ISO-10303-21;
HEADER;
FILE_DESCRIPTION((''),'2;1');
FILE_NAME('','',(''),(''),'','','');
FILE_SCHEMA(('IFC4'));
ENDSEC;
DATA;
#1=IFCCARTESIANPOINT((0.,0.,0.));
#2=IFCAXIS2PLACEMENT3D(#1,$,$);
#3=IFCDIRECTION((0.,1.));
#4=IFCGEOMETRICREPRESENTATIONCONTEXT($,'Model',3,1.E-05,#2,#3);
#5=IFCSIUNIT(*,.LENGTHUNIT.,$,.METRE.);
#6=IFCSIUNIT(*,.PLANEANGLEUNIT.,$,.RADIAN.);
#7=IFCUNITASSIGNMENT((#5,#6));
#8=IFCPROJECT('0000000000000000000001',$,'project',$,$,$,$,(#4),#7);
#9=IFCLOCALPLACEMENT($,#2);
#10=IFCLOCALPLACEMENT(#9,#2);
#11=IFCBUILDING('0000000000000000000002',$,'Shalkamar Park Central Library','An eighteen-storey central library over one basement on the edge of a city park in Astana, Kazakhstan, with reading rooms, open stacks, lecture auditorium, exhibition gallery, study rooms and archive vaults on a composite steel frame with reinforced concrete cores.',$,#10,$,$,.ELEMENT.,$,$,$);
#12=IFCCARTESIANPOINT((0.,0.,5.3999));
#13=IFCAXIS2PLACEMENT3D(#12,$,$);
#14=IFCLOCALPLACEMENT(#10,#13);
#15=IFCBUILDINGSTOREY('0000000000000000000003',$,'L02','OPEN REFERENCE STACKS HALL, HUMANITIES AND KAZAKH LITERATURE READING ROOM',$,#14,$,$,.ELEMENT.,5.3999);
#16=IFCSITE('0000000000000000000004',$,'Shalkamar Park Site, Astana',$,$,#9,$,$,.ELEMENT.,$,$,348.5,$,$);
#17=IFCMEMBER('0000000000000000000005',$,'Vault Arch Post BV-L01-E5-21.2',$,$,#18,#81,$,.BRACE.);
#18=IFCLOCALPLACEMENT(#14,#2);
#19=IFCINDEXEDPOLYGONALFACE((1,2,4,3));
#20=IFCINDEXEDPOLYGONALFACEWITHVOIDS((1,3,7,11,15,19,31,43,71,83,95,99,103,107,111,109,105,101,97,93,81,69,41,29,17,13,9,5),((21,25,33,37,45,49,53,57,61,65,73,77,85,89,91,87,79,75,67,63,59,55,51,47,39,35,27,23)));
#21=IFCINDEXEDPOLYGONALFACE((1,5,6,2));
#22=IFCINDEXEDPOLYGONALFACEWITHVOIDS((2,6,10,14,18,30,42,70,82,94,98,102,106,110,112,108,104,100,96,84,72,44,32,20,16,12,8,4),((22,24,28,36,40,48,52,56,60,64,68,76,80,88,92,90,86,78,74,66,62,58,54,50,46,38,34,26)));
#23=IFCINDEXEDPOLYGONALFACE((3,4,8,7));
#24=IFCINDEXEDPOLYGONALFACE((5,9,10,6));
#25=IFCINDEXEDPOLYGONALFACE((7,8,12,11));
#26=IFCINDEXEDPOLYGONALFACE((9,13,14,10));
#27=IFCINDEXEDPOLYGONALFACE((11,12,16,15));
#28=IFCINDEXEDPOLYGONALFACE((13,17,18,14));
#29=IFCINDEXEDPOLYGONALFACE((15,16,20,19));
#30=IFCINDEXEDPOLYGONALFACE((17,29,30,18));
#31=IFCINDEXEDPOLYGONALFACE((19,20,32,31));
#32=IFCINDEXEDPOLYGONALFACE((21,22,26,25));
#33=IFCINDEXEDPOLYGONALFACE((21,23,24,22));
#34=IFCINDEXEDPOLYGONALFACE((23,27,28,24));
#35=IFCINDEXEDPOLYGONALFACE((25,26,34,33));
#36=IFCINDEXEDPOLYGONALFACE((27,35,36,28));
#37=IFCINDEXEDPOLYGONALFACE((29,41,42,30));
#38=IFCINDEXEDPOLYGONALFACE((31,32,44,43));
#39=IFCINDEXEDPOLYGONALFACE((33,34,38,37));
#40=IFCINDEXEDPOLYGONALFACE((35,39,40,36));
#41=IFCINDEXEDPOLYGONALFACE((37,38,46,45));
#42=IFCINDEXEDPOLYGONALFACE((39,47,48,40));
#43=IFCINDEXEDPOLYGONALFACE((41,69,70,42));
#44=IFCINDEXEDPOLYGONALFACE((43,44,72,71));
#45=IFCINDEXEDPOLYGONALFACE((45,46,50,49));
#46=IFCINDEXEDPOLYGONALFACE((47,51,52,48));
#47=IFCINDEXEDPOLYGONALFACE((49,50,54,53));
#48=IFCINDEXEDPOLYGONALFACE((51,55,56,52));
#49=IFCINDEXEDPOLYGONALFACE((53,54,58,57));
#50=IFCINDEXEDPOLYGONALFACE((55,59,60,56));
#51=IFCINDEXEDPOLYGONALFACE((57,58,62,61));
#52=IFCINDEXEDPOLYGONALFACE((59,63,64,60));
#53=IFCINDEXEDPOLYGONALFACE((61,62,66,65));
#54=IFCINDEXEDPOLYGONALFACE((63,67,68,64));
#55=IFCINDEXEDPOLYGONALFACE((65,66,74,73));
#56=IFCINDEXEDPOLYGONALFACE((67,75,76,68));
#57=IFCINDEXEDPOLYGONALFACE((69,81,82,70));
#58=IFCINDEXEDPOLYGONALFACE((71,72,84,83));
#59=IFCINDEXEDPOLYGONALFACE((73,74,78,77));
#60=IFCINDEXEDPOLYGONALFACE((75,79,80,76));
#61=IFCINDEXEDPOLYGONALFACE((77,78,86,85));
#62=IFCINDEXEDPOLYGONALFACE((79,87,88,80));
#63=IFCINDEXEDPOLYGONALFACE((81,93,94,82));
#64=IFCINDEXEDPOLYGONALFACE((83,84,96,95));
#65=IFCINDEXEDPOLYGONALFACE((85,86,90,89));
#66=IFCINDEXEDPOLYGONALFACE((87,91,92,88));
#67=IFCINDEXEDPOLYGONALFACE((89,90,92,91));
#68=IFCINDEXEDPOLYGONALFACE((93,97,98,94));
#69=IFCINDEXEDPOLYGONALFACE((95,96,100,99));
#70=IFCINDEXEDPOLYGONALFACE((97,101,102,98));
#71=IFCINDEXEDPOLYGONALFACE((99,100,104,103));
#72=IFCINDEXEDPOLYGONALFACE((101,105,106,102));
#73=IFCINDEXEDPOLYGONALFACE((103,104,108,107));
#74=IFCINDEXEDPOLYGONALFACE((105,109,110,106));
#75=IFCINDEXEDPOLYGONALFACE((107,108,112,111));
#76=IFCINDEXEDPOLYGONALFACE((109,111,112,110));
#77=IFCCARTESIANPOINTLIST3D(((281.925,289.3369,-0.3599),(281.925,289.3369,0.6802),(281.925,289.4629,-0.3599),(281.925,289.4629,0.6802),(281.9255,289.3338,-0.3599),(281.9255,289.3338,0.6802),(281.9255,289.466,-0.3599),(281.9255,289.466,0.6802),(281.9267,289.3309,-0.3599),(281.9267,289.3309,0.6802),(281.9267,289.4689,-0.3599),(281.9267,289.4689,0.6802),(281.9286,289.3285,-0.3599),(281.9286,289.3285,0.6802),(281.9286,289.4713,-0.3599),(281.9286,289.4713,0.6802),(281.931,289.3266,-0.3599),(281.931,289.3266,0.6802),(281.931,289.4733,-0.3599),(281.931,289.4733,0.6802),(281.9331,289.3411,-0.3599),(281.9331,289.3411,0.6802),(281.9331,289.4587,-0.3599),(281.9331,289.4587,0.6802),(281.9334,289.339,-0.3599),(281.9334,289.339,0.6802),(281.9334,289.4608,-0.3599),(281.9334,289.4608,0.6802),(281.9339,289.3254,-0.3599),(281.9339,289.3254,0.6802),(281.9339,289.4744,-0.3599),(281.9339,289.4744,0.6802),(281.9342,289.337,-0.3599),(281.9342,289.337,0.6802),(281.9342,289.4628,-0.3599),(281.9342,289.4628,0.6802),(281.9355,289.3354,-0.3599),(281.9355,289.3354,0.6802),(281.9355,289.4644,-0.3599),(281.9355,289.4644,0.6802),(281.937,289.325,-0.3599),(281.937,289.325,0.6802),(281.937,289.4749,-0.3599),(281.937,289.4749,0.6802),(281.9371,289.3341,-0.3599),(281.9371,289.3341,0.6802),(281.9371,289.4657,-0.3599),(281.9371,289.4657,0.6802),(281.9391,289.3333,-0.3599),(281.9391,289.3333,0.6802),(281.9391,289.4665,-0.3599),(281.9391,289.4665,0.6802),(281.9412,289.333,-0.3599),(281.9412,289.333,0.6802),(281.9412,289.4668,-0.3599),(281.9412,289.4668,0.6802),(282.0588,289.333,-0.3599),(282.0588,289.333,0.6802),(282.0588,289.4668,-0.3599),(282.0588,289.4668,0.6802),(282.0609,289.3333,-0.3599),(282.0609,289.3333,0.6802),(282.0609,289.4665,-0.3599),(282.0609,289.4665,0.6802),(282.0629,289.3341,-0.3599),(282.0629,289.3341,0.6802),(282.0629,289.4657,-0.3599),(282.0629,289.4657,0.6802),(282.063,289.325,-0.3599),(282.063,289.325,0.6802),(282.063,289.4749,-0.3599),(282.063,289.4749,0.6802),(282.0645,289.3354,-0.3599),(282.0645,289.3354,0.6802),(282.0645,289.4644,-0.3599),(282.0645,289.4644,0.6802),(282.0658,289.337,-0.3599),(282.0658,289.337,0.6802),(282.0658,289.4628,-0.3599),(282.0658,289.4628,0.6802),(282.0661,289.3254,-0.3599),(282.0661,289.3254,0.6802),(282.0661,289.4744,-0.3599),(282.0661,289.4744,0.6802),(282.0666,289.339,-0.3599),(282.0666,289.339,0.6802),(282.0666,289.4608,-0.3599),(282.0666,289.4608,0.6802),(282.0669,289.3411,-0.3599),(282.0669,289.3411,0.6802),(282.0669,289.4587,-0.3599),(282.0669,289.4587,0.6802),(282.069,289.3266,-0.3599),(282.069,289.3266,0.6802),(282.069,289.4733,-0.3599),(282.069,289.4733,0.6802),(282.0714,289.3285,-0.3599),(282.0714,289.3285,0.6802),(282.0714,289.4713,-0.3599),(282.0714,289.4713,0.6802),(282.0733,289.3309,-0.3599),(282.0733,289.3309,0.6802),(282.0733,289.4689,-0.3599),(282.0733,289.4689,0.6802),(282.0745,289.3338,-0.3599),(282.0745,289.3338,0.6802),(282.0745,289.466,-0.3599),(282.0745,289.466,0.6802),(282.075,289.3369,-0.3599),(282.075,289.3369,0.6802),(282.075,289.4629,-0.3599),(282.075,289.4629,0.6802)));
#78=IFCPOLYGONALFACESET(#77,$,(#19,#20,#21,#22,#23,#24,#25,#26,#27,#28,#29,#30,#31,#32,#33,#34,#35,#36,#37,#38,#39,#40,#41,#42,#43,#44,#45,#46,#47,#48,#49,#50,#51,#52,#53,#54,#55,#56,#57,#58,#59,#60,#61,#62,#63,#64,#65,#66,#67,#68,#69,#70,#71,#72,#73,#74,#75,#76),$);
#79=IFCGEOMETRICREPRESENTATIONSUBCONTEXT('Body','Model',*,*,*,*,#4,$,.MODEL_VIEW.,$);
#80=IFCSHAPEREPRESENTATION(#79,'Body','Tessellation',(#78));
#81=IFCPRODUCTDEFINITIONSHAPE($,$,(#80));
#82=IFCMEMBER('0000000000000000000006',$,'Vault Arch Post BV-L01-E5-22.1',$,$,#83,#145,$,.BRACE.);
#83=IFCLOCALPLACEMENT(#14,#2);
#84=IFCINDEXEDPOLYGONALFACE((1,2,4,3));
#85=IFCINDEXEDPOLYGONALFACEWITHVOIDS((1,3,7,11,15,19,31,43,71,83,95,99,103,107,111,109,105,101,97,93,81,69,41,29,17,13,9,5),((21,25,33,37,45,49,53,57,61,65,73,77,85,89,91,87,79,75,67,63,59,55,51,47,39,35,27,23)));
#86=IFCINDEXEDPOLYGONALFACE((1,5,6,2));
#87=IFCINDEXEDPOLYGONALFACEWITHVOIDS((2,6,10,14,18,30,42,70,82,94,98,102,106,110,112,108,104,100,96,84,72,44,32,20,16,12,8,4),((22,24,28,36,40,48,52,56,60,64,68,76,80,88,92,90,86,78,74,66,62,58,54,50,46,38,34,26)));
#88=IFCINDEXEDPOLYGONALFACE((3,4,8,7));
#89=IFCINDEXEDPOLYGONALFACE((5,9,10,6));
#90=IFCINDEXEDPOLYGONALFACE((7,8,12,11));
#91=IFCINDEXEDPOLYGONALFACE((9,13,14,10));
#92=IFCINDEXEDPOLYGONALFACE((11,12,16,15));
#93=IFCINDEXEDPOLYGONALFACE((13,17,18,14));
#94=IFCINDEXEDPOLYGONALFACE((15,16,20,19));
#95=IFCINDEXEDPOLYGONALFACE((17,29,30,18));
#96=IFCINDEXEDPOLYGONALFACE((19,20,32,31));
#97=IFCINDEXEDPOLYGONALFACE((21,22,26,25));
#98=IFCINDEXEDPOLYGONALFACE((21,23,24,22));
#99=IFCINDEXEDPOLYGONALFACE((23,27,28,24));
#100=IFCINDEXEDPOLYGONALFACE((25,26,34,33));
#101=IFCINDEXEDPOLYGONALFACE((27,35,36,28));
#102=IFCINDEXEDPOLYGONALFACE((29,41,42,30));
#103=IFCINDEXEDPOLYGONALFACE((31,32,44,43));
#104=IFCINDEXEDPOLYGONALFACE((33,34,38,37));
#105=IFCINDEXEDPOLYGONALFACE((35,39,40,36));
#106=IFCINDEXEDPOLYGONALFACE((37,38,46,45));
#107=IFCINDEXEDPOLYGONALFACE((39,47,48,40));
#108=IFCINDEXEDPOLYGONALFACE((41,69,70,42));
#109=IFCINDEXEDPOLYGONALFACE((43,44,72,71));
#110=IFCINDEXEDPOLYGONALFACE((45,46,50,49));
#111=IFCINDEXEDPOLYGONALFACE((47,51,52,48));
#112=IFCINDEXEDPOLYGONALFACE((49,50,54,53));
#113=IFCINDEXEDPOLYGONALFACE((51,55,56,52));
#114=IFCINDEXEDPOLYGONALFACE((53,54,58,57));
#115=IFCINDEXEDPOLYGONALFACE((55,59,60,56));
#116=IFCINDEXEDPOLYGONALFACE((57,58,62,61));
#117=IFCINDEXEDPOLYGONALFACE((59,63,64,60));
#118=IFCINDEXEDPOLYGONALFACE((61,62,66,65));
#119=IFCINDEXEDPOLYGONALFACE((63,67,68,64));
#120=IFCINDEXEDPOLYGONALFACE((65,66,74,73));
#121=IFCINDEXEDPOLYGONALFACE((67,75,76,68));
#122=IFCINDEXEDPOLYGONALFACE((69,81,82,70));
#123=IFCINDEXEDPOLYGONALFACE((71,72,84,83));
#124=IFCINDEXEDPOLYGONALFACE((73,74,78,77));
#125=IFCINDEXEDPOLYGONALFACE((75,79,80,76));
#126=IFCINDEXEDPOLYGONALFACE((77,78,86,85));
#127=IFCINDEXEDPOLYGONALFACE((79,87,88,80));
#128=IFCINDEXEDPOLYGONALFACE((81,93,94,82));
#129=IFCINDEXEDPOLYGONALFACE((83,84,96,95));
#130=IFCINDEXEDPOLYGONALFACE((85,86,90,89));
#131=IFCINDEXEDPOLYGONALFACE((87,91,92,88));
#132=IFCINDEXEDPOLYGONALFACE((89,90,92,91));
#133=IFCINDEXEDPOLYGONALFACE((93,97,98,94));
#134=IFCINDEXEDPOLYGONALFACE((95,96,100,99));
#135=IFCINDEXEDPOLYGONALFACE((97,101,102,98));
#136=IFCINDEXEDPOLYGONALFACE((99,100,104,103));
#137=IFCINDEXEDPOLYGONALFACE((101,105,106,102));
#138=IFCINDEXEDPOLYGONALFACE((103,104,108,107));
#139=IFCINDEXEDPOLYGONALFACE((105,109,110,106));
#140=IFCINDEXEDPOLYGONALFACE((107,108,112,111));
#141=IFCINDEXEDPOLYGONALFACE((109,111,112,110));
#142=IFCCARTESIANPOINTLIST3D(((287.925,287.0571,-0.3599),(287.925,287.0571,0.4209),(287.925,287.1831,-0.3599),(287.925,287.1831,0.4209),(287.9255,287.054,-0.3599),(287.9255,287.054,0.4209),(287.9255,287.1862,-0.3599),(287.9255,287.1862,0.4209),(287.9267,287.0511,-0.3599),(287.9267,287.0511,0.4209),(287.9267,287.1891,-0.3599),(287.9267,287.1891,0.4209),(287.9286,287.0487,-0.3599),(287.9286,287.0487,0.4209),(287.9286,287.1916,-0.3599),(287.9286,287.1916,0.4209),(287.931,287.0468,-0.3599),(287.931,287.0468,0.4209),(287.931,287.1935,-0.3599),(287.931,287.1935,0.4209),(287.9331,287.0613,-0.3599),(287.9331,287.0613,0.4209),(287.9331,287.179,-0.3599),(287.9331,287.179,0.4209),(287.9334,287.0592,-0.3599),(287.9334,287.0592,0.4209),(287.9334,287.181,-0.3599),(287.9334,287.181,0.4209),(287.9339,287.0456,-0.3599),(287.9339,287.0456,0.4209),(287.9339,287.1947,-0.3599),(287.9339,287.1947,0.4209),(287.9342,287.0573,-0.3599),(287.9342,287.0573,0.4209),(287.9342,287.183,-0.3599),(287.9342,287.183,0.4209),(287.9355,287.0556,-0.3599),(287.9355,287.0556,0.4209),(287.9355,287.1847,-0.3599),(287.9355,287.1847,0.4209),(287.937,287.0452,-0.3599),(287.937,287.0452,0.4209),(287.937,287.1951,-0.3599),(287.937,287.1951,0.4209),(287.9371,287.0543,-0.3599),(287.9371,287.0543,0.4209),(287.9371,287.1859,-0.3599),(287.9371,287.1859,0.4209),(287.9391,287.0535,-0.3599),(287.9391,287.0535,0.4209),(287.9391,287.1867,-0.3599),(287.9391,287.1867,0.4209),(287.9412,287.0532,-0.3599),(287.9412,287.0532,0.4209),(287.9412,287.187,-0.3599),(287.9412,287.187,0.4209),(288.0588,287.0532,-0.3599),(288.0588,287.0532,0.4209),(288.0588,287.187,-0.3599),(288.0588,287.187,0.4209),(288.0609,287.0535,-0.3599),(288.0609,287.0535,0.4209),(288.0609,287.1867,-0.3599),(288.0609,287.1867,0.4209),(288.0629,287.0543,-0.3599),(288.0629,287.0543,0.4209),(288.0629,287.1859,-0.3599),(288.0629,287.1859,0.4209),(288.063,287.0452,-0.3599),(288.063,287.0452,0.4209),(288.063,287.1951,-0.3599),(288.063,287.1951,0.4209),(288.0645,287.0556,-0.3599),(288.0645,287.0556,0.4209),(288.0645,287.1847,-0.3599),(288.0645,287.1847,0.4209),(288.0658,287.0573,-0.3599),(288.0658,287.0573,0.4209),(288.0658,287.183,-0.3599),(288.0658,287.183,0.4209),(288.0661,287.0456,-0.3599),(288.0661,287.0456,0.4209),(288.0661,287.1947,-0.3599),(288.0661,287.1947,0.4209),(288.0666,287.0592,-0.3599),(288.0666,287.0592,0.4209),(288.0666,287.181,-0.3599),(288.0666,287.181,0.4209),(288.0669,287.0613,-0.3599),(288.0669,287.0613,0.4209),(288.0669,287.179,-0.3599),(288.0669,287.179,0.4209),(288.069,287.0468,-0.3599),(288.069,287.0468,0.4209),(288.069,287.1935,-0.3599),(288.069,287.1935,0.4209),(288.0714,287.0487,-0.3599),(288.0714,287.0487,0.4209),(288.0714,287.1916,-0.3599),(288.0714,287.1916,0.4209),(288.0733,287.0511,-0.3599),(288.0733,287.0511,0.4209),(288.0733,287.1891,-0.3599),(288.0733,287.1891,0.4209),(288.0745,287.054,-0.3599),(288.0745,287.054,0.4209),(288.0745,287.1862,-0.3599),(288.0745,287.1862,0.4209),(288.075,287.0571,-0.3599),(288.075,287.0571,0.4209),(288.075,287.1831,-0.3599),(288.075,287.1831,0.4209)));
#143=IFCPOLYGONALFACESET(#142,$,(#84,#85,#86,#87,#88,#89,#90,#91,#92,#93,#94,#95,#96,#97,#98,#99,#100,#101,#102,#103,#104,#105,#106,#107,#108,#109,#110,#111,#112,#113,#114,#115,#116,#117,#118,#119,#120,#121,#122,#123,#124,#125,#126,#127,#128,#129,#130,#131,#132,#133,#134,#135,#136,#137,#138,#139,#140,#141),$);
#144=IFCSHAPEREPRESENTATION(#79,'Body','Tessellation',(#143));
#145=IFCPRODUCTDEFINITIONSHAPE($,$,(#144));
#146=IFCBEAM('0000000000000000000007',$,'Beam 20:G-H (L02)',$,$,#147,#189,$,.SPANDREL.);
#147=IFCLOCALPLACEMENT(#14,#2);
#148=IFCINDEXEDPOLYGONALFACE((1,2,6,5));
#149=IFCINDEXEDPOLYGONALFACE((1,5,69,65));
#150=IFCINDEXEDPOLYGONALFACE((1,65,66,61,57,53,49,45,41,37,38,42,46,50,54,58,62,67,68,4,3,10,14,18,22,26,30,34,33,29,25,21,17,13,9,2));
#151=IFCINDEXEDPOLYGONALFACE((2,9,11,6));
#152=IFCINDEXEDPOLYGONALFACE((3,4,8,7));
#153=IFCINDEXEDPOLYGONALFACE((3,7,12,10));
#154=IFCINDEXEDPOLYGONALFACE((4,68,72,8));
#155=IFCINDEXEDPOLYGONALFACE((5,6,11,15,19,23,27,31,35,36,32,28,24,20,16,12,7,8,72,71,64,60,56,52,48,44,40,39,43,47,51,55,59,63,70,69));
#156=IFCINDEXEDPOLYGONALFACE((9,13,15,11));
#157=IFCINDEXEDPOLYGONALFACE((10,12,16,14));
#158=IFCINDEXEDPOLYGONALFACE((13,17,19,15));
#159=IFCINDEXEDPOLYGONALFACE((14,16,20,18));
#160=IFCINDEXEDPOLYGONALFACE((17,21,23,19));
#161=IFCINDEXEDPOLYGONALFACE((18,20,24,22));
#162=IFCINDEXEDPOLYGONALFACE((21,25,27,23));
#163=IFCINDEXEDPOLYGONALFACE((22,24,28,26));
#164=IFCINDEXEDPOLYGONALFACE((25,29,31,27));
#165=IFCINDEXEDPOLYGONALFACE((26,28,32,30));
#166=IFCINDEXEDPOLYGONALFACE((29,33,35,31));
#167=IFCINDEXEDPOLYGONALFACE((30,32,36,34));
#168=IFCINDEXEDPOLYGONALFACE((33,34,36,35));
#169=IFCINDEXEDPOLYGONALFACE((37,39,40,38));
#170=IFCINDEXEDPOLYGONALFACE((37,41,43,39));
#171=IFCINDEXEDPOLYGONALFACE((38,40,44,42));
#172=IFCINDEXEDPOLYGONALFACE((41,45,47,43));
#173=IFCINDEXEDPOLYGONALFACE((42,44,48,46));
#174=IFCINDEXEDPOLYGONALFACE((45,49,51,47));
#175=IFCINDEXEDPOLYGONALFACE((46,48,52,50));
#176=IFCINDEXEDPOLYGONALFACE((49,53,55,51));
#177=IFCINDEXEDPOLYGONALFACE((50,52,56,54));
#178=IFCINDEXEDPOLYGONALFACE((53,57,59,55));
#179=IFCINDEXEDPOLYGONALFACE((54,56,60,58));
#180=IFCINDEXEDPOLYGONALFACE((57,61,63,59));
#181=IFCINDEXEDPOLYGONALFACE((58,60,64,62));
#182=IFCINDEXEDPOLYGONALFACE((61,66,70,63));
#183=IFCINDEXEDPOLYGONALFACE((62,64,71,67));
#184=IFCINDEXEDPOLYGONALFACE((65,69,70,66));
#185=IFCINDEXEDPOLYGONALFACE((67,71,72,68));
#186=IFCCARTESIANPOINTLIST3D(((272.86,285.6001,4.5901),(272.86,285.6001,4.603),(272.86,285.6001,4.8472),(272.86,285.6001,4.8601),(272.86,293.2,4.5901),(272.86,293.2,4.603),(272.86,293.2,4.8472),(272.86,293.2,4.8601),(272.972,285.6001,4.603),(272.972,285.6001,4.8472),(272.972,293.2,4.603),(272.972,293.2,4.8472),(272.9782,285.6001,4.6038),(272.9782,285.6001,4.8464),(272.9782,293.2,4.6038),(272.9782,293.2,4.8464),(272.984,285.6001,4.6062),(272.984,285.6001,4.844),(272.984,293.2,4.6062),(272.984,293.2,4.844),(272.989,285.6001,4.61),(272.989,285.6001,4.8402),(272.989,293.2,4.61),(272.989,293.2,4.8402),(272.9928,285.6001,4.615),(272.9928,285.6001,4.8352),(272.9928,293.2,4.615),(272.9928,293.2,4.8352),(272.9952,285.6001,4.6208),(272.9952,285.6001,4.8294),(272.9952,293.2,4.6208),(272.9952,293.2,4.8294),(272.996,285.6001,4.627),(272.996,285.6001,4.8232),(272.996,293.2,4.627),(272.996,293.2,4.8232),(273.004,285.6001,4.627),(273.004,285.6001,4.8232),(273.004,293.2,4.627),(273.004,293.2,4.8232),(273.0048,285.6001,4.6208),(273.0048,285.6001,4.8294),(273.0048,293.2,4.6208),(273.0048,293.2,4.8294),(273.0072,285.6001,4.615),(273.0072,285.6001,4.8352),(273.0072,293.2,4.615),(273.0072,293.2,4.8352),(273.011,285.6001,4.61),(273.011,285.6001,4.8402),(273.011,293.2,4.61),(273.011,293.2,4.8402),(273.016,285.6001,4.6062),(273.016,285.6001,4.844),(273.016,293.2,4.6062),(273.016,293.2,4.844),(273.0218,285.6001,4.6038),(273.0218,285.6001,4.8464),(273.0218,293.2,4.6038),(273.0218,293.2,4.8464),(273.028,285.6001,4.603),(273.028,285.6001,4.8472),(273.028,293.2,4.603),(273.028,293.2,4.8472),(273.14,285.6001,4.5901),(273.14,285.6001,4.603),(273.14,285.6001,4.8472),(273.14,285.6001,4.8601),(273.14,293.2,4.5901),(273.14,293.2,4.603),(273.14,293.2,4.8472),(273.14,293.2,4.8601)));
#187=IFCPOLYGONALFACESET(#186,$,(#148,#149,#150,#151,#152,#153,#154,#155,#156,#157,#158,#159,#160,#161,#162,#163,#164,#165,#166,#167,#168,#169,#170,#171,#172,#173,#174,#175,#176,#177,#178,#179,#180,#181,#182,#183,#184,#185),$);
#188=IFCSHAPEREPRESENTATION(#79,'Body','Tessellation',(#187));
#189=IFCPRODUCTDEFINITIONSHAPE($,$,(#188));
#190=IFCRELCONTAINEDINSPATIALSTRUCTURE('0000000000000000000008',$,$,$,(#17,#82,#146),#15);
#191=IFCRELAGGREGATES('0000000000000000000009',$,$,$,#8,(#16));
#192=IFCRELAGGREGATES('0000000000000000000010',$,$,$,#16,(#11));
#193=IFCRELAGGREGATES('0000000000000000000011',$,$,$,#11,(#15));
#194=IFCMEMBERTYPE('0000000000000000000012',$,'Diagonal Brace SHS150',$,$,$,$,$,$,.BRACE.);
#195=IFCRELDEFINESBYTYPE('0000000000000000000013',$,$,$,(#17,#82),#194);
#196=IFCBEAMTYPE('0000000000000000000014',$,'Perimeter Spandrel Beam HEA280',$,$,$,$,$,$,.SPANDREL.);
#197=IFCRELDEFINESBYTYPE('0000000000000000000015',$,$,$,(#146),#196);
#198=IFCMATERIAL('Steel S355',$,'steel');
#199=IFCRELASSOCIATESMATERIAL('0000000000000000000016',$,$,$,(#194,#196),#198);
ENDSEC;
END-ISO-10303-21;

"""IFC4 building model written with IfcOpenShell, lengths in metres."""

from ifc_helpers import new_model, si_unit, direction, frame, origin, origin_2d, place, context, subcontext, project, spatial, hollow_rectangle, i_section, extrude, material, material_profile, profile_set, type_object, element, save


model = new_model("IFC4")

# Units and contexts
model_context = context("Model", 3, precision=1e-05, world=origin(), true_north=direction((0.0, 1.0)))
body_context = subcontext(model_context, "Body", "Model", "MODEL_VIEW")
ifc_project = project(units=[si_unit("LENGTHUNIT", "METRE"), si_unit("PLANEANGLEUNIT", "RADIAN")], contexts=[model_context])

# Site, building, storey
site_placement = place(None, origin())
site = spatial("IfcSite", under=ifc_project, at=site_placement, Name="Shalkamar Park Site, Astana", CompositionType="ELEMENT", RefElevation=348.5)
building_placement = place(site_placement, origin())
building = spatial("IfcBuilding", under=site, at=building_placement, Name="Shalkamar Park Central Library", Description="An eighteen-storey central library over one basement on the edge of a city park in Astana, Kazakhstan, with reading rooms, open stacks, lecture auditorium, exhibition gallery, study rooms and archive vaults on a composite steel frame with reinforced concrete cores.", CompositionType="ELEMENT")
storey_placement = place(building_placement, frame((0.0, 0.0, 5.3999)))
storey = spatial("IfcBuildingStorey", under=building, at=storey_placement, Name="L02", Description="OPEN REFERENCE STACKS HALL, HUMANITIES AND KAZAKH LITERATURE READING ROOM", CompositionType="ELEMENT", Elevation=5.3999)

# Shared definitions
ifc_material_1 = material(Name="Steel S355", Category="steel")

# Members
ifc_material_profile_1 = material_profile(ifc_material_1, hollow_rectangle(XDim=0.1499, YDim=0.1499, WallThickness=0.0081, InnerFilletRadius=0.0081, OuterFilletRadius=0.012, at=origin_2d()), Name="SHS 150x150x8")
ifc_profile_set_1 = profile_set([ifc_material_profile_1], Name="Steel S355")
member_type_1 = type_object("IfcMemberType", Name="Diagonal Brace SHS150", PredefinedType="BRACE", material=ifc_profile_set_1)
member_1_placement = place(storey_placement, frame((282.0, 289.3999, -0.3599), z_axis=(0.0, 0.0, 1.0), x_axis=(1.0, 0.0, 0.0)))
element("IfcMember", 1, at=member_1_placement, inside=storey, type_object=member_type_1, Name="Vault Arch Post BV-L01-E5-21.2", PredefinedType="BRACE", context=body_context, shape_type="SweptSolid", body=[
    extrude(hollow_rectangle(XDim=0.1499, YDim=0.1499, WallThickness=0.0081, InnerFilletRadius=0.0081, OuterFilletRadius=0.012, at=origin_2d()), origin(), (0.0, 0.0, 1.0), 1.04),
])
member_2_placement = place(storey_placement, frame((288.0, 287.1201, -0.3599), z_axis=(0.0, 0.0, 1.0), x_axis=(1.0, 0.0, 0.0)))
element("IfcMember", 2, at=member_2_placement, inside=storey, type_object=member_type_1, Name="Vault Arch Post BV-L01-E5-22.1", PredefinedType="BRACE", context=body_context, shape_type="SweptSolid", body=[
    extrude(hollow_rectangle(XDim=0.1499, YDim=0.1499, WallThickness=0.0081, InnerFilletRadius=0.0081, OuterFilletRadius=0.012, at=origin_2d()), origin(), (0.0, 0.0, 1.0), 0.7808),
])

# Beam
ifc_material_profile_2 = material_profile(ifc_material_1, i_section(OverallWidth=0.28, OverallDepth=0.27, WebThickness=0.0081, FlangeThickness=0.0129, FilletRadius=0.0239, at=origin_2d()), Name="HEA 280")
ifc_profile_set_2 = profile_set([ifc_material_profile_2], Name="Steel S355")
beam_type = type_object("IfcBeamType", Name="Perimeter Spandrel Beam HEA280", PredefinedType="SPANDREL", material=ifc_profile_set_2)
beam_placement = place(storey_placement, frame((273.0, 285.6001, 4.7251), z_axis=(0.0, 1.0, 0.0), x_axis=(-1.0, 0.0, 0.0)))
element("IfcBeam", 3, at=beam_placement, inside=storey, type_object=beam_type, Name="Beam 20:G-H (L02)", PredefinedType="SPANDREL", context=body_context, shape_type="SweptSolid", body=[
    extrude(i_section(OverallWidth=0.28, OverallDepth=0.27, WebThickness=0.0081, FlangeThickness=0.0129, FilletRadius=0.0239, at=origin_2d()), origin(), (0.0, 0.0, 1.0), 7.5999),
])

save(model, "model.ifc")
